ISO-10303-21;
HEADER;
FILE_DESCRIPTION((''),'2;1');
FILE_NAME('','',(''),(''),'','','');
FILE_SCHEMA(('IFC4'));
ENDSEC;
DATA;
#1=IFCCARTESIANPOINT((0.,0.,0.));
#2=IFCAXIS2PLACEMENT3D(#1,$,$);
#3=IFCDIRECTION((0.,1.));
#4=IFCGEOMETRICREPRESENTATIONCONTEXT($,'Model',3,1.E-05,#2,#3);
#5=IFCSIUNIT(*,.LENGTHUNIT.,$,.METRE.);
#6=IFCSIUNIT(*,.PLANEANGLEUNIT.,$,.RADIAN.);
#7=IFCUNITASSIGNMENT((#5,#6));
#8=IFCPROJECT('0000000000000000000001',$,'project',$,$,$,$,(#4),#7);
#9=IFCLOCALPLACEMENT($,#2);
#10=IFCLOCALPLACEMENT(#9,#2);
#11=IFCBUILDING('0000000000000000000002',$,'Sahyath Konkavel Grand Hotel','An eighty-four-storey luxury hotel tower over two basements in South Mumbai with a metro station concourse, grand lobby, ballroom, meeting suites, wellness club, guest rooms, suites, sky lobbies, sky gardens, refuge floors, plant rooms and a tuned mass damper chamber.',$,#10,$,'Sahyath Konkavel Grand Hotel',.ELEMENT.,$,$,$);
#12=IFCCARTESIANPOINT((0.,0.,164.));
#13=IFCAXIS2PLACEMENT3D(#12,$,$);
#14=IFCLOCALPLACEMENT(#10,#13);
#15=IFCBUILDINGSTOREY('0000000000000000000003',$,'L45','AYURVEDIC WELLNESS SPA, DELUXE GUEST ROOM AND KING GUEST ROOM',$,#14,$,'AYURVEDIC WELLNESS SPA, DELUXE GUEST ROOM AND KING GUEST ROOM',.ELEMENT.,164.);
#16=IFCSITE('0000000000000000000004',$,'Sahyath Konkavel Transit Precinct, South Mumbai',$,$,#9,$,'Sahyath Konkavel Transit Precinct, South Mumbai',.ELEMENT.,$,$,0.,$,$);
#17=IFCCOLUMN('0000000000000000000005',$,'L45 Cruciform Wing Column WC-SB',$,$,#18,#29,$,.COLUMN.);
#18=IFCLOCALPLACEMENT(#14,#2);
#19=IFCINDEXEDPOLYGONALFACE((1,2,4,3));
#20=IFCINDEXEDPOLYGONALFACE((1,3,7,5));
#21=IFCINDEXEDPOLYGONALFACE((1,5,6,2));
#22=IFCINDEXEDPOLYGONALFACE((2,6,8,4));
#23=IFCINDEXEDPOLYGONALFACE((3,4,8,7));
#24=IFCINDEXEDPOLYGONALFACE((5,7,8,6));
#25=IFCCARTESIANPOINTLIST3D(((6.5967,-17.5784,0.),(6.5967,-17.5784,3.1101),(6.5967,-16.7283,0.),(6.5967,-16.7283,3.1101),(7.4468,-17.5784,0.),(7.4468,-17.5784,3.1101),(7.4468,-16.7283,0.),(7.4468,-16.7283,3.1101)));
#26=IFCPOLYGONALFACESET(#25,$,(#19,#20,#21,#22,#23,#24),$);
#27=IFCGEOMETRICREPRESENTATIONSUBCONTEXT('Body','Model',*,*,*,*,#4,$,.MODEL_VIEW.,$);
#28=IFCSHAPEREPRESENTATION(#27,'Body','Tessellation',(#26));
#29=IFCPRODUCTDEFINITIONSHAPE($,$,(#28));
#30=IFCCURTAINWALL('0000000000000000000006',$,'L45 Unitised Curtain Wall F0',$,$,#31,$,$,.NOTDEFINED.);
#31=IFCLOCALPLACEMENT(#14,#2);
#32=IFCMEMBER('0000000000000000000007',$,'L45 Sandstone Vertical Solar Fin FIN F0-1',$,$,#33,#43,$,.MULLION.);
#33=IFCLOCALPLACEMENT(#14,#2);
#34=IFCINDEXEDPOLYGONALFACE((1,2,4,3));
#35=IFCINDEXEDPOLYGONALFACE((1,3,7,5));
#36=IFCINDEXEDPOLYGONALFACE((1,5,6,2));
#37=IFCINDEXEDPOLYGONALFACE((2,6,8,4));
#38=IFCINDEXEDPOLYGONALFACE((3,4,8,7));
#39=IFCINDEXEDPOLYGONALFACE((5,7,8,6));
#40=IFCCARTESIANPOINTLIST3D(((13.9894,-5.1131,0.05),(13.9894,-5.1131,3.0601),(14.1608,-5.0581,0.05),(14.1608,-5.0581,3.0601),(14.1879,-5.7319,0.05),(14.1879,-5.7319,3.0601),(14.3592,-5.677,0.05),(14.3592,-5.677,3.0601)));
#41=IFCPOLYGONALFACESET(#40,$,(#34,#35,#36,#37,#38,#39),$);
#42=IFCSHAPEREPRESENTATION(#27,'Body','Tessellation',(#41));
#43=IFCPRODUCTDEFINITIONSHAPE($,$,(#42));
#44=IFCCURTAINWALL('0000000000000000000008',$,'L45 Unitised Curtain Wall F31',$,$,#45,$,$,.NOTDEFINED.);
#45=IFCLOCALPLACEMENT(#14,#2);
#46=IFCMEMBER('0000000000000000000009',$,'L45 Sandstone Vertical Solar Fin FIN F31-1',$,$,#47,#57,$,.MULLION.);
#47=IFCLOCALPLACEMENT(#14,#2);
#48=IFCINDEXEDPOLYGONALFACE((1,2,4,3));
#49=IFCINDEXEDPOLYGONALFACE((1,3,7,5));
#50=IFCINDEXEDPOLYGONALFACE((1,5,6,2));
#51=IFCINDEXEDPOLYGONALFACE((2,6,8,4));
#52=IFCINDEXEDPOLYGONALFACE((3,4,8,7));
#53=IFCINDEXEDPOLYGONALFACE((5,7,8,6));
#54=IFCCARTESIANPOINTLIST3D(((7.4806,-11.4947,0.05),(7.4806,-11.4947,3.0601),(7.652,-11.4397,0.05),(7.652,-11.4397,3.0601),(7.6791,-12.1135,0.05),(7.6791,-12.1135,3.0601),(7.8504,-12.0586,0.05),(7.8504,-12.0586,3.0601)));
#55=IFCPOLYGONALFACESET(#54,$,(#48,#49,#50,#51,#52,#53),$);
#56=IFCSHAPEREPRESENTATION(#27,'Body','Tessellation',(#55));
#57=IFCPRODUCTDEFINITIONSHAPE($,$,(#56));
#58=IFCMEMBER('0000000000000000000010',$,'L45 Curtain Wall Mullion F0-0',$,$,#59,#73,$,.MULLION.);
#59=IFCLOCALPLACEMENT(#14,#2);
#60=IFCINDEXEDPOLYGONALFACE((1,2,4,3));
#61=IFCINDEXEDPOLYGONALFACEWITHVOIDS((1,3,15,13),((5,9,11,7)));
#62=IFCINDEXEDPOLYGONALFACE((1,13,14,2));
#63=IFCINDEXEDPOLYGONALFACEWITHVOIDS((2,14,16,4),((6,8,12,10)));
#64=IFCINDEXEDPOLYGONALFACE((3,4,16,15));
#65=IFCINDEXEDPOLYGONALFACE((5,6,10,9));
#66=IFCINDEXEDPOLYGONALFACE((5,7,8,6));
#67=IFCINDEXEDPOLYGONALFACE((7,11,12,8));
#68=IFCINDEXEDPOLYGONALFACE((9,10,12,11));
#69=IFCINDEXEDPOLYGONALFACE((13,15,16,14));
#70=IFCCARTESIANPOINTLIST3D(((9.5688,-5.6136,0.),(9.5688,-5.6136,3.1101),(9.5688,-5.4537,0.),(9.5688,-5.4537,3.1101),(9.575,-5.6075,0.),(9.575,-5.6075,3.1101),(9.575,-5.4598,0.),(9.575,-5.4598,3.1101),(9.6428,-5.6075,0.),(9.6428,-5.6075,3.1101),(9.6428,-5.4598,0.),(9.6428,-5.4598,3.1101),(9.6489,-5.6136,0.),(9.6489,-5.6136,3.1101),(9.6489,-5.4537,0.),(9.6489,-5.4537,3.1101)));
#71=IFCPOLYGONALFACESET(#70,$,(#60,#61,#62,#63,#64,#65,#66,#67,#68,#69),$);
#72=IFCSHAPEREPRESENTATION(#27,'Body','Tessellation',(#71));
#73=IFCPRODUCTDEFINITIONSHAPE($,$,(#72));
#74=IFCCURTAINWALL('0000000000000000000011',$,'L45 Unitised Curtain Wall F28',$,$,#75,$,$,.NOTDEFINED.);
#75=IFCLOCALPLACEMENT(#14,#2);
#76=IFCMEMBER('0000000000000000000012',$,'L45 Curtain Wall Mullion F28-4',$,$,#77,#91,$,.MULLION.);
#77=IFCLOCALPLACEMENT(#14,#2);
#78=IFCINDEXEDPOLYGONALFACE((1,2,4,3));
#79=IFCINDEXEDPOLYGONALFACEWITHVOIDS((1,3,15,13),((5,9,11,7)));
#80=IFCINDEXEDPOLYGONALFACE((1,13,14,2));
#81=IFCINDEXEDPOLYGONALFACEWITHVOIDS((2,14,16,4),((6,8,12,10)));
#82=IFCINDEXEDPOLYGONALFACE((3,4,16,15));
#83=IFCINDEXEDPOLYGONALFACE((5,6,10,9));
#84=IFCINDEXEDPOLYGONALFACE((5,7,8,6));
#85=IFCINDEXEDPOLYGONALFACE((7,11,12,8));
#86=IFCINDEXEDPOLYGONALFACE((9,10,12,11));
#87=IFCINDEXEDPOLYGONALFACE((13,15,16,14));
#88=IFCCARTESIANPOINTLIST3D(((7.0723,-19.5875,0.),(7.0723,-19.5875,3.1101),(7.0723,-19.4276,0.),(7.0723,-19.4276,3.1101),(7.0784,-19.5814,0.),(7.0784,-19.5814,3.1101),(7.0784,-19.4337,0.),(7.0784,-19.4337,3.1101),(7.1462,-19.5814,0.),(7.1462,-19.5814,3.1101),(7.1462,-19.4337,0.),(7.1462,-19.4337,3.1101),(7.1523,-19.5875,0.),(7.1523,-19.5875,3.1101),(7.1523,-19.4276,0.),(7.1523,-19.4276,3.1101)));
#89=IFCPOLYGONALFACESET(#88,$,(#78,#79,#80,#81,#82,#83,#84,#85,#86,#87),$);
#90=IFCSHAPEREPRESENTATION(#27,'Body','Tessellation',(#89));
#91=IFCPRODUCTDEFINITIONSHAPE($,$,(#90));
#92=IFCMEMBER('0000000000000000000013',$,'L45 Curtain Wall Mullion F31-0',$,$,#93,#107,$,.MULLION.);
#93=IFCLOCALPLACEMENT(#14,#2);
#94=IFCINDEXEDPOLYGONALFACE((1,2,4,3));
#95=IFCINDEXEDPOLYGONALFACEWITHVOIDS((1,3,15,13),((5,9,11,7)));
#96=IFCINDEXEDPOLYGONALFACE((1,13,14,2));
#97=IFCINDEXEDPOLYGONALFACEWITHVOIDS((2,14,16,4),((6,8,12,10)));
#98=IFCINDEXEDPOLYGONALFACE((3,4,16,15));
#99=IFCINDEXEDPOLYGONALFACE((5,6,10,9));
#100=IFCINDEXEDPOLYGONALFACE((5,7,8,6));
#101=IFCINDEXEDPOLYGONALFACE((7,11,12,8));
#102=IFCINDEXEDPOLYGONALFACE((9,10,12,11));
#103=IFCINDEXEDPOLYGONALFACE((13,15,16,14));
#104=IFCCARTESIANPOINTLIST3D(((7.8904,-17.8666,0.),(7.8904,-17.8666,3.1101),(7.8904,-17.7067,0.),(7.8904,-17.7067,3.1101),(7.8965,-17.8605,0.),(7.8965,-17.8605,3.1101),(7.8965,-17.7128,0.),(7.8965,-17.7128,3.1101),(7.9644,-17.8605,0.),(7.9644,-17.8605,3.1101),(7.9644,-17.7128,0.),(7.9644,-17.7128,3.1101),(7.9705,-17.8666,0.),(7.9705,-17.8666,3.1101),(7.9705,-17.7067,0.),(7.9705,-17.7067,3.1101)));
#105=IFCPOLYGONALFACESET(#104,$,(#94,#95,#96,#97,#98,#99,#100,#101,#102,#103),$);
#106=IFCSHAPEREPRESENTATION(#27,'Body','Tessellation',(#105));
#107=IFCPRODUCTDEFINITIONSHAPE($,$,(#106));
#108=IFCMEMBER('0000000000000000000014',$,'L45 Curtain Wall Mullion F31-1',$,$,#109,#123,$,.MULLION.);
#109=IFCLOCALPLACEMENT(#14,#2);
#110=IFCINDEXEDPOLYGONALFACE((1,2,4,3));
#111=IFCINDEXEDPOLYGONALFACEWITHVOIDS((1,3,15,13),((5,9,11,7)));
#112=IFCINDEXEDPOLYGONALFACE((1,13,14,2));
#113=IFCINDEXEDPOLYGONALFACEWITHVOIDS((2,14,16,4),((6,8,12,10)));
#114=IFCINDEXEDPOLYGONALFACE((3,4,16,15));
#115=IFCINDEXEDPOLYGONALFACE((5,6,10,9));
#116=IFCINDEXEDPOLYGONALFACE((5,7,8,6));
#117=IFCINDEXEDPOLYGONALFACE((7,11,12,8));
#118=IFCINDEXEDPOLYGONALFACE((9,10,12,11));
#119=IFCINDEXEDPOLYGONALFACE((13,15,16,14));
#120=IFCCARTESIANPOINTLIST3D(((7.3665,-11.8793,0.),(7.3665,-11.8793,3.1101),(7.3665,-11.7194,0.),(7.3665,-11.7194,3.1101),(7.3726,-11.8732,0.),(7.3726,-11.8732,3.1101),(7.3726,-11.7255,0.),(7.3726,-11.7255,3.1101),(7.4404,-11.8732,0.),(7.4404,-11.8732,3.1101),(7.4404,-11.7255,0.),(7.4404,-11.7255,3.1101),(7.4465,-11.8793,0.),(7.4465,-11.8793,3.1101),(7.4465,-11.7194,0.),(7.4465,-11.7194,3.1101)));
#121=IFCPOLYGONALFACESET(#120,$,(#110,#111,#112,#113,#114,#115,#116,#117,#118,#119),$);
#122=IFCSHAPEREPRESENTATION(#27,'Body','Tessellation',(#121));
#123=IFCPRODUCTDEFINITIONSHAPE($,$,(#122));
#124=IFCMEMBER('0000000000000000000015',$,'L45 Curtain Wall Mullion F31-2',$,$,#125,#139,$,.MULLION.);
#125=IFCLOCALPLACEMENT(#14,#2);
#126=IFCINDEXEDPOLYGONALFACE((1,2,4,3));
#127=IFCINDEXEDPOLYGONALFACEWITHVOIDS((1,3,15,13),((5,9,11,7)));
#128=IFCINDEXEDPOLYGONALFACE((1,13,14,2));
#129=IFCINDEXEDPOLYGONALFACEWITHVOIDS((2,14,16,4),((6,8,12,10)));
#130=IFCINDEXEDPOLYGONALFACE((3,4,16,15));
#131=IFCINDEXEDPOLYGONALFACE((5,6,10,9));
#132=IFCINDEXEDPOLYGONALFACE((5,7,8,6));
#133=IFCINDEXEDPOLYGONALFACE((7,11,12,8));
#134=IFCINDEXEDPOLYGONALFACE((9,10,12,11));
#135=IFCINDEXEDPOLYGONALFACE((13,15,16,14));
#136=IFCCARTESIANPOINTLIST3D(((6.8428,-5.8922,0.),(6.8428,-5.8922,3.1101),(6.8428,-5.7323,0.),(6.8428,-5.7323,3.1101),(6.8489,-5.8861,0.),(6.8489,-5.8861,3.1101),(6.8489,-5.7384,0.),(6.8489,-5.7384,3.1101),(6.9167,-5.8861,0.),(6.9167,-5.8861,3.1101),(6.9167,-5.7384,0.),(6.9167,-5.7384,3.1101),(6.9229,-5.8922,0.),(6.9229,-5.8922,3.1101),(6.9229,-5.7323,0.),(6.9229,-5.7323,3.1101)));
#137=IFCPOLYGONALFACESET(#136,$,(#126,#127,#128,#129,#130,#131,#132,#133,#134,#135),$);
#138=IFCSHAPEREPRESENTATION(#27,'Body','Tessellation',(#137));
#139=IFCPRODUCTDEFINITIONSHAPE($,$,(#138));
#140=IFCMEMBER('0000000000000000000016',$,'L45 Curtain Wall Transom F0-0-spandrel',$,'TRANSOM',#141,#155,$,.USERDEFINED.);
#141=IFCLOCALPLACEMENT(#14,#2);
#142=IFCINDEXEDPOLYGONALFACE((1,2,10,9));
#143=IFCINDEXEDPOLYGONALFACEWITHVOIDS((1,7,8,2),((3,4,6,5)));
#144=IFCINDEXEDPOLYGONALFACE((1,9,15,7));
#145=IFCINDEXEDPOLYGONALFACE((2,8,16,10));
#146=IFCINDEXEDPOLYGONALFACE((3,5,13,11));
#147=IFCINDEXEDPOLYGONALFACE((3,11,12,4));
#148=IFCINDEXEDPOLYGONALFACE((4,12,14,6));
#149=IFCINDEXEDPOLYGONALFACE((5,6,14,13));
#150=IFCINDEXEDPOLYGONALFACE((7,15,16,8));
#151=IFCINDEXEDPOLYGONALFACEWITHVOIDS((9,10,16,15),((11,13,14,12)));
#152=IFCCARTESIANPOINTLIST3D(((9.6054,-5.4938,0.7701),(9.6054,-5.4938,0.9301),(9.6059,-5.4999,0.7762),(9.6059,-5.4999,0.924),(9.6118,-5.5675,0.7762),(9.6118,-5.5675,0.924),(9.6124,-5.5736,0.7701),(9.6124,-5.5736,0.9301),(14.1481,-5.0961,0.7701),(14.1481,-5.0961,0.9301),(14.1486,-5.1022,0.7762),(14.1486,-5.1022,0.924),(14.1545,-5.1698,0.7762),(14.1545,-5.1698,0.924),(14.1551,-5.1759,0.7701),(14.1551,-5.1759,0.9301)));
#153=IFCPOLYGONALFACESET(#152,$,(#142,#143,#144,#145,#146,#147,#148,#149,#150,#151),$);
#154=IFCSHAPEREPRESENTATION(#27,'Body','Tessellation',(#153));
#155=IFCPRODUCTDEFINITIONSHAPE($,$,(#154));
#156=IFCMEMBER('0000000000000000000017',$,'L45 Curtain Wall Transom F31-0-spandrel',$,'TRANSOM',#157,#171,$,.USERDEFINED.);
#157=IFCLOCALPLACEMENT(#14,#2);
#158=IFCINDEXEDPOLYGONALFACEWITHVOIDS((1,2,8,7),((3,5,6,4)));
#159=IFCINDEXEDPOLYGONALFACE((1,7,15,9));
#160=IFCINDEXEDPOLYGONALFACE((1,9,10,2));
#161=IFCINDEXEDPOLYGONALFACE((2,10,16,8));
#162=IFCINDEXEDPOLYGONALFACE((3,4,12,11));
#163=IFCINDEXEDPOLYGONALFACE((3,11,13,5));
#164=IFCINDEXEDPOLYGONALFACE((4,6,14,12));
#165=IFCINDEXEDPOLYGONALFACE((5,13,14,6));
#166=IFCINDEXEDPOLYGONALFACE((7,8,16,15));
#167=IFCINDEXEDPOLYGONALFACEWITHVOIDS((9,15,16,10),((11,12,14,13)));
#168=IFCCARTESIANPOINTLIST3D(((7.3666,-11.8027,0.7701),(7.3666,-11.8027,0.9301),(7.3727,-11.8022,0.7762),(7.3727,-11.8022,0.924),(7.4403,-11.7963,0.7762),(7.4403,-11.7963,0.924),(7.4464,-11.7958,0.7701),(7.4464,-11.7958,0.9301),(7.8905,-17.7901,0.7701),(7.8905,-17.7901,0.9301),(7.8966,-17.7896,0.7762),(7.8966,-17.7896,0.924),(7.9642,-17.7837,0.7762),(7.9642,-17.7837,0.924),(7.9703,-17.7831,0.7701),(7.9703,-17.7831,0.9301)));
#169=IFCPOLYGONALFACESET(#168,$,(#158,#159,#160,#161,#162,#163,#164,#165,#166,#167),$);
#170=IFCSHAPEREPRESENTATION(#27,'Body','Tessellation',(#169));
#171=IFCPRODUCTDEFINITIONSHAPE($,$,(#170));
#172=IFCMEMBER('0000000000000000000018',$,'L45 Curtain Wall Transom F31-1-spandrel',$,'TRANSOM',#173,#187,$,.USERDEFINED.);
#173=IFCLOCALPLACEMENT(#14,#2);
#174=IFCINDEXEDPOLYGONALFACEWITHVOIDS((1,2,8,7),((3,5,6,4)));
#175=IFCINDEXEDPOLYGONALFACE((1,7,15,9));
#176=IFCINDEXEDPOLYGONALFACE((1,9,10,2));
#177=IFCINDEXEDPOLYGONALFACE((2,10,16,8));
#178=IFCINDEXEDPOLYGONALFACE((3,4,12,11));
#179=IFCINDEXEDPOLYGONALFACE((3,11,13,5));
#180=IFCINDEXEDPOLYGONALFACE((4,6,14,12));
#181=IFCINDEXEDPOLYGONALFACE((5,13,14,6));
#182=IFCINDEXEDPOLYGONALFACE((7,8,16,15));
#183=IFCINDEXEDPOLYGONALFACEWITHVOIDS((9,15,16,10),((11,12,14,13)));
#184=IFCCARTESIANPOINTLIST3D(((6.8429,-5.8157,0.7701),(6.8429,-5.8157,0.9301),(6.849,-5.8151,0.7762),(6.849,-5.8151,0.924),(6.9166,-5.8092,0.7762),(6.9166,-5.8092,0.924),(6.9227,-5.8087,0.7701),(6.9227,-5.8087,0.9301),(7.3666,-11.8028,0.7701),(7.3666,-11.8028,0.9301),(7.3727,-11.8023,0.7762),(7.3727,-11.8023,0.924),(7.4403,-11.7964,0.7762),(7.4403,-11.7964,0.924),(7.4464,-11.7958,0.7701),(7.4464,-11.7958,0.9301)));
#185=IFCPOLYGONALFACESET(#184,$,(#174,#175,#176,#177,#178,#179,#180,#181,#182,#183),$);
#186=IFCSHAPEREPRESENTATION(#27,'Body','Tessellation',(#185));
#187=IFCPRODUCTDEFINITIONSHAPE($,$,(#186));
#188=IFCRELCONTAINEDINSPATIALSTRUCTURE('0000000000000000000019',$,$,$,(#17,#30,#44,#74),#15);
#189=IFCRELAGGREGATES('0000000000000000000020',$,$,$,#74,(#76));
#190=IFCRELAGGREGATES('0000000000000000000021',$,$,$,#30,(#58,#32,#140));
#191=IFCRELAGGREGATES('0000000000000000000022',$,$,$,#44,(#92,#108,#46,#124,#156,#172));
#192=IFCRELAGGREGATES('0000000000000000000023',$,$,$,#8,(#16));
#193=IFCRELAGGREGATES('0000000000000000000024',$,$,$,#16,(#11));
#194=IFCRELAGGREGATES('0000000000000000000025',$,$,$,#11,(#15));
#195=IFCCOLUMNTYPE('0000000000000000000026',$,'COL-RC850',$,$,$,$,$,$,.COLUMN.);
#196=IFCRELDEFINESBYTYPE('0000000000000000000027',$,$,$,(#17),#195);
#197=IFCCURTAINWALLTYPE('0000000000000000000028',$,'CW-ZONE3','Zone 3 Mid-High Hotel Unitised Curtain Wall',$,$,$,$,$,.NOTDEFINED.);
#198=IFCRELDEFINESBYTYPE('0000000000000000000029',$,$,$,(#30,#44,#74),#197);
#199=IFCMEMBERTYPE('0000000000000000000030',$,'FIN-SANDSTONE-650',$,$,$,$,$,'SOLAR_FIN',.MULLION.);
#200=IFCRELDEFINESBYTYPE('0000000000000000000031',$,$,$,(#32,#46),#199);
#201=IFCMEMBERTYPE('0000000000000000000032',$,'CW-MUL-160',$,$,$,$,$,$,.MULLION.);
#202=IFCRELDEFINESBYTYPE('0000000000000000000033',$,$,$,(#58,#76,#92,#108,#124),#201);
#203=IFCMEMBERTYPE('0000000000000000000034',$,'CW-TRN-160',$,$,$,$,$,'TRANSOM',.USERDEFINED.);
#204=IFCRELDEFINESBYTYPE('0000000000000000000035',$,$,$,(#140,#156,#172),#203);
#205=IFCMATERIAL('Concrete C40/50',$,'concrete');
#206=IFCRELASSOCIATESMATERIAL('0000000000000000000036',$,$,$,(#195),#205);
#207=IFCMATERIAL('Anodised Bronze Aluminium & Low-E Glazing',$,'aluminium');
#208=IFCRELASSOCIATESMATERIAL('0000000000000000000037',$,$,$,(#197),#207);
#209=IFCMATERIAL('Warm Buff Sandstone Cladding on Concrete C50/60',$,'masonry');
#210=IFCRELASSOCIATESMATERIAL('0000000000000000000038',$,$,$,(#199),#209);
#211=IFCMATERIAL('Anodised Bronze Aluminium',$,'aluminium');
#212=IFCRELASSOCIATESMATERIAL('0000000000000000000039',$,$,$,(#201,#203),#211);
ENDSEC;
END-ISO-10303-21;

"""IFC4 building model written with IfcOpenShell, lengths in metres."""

from ifc_helpers import new_model, si_unit, direction, frame, origin, origin_2d, place, context, subcontext, project, spatial, rectangle, hollow_rectangle, extrude, source, transform, mapped, material, material_profile, profile_set, type_object, element, aggregate, save


model = new_model("IFC4")

# Units and contexts
model_context = context("Model", 3, precision=1e-05, world=origin(), true_north=direction((0.0, 1.0)))
body_context = subcontext(model_context, "Body", "Model", "MODEL_VIEW")
ifc_project = project(units=[si_unit("LENGTHUNIT", "METRE"), si_unit("PLANEANGLEUNIT", "RADIAN")], contexts=[model_context])

# Site, building, storey
site_placement = place(None, origin())
site = spatial("IfcSite", under=ifc_project, at=site_placement, Name="Sahyath Konkavel Transit Precinct, South Mumbai", LongName="Sahyath Konkavel Transit Precinct, South Mumbai", CompositionType="ELEMENT", RefElevation=0.0)
building_placement = place(site_placement, origin())
building = spatial("IfcBuilding", under=site, at=building_placement, Name="Sahyath Konkavel Grand Hotel", Description="An eighty-four-storey luxury hotel tower over two basements in South Mumbai with a metro station concourse, grand lobby, ballroom, meeting suites, wellness club, guest rooms, suites, sky lobbies, sky gardens, refuge floors, plant rooms and a tuned mass damper chamber.", LongName="Sahyath Konkavel Grand Hotel", CompositionType="ELEMENT")
storey_placement = place(building_placement, frame((0.0, 0.0, 164.0)))
storey = spatial("IfcBuildingStorey", under=building, at=storey_placement, Name="L45", Description="AYURVEDIC WELLNESS SPA, DELUXE GUEST ROOM AND KING GUEST ROOM", LongName="AYURVEDIC WELLNESS SPA, DELUXE GUEST ROOM AND KING GUEST ROOM", CompositionType="ELEMENT", Elevation=164.0)

# Column
ifc_material_1 = material(Name="Concrete C40/50", Category="concrete")
ifc_material_profile_1 = material_profile(ifc_material_1, rectangle(XDim=0.8501, YDim=0.8501, at=origin_2d()), Name="RC 850x850")
ifc_profile_set_1 = profile_set([ifc_material_profile_1], Name="Concrete C40/50")
column_type = type_object("IfcColumnType", Name="COL-RC850", PredefinedType="COLUMN", material=ifc_profile_set_1)
shared_shape_1 = source(origin(), body_context, "Body", "SweptSolid", [
    extrude(rectangle(XDim=0.8501, YDim=0.8501, at=origin_2d()), origin(), (0.0, 0.0, 1.0), 3.1101),
])
column_placement = place(storey_placement, frame((7.0217, -17.1533, 0.0), z_axis=(0.0, 0.0, 1.0), x_axis=(1.0, 0.0, 0.0)))
element("IfcColumn", 1, at=column_placement, inside=storey, type_object=column_type, Name="L45 Cruciform Wing Column WC-SB", PredefinedType="COLUMN", context=body_context, shape_type="MappedRepresentation", body=[
    mapped(shared_shape_1, transform((0.0, 0.0, 0.0), scale=1.0)),
])

# Curtain walls, members
ifc_material_2 = material(Name="Anodised Bronze Aluminium & Low-E Glazing", Category="aluminium")
curtain_wall_type = type_object("IfcCurtainWallType", Name="CW-ZONE3", Description="Zone 3 Mid-High Hotel Unitised Curtain Wall", PredefinedType="NOTDEFINED", material=ifc_material_2)
curtain_wall_1_placement = place(storey_placement, origin())
curtain_wall_1 = element("IfcCurtainWall", 2, at=curtain_wall_1_placement, inside=storey, type_object=curtain_wall_type, Name="L45 Unitised Curtain Wall F0", PredefinedType="NOTDEFINED")
ifc_material_3 = material(Name="Warm Buff Sandstone Cladding on Concrete C50/60", Category="masonry")
ifc_material_profile_2 = material_profile(ifc_material_3, rectangle(XDim=0.1799, YDim=0.6499, at=origin_2d()), Name="FIN 180x650")
ifc_profile_set_2 = profile_set([ifc_material_profile_2], Name="Warm Buff Sandstone Cladding on Concrete C50/60")
member_type_1 = type_object("IfcMemberType", Name="FIN-SANDSTONE-650", ElementType="SOLAR_FIN", PredefinedType="MULLION", material=ifc_profile_set_2)
shared_shape_2 = source(origin(), body_context, "Body", "SweptSolid", [
    extrude(rectangle(XDim=0.1799, YDim=0.6499, at=origin_2d()), origin(), (0.0, 0.0, 1.0), 3.01),
])
member_1_placement = place(storey_placement, frame((14.1743, -5.395, 0.05), z_axis=(0.0, 0.0, 1.0), x_axis=(0.952236, 0.305363, 0.0)))
member_1 = element("IfcMember", 3, at=member_1_placement, type_object=member_type_1, Name="L45 Sandstone Vertical Solar Fin FIN F0-1", PredefinedType="MULLION", context=body_context, shape_type="MappedRepresentation", body=[
    mapped(shared_shape_2, transform((0.0, 0.0, 0.0), scale=1.0)),
])
curtain_wall_2_placement = place(storey_placement, origin())
curtain_wall_2 = element("IfcCurtainWall", 4, at=curtain_wall_2_placement, inside=storey, type_object=curtain_wall_type, Name="L45 Unitised Curtain Wall F31", PredefinedType="NOTDEFINED")
member_2_placement = place(storey_placement, frame((7.6655, -11.7766, 0.05), z_axis=(0.0, 0.0, 1.0), x_axis=(0.952236, 0.305363, 0.0)))
member_2 = element("IfcMember", 5, at=member_2_placement, type_object=member_type_1, Name="L45 Sandstone Vertical Solar Fin FIN F31-1", PredefinedType="MULLION", context=body_context, shape_type="MappedRepresentation", body=[
    mapped(shared_shape_2, transform((0.0, 0.0, 0.0), scale=1.0)),
])

# Member
ifc_material_4 = material(Name="Anodised Bronze Aluminium", Category="aluminium")
ifc_material_profile_3 = material_profile(ifc_material_4, hollow_rectangle(XDim=0.0801, YDim=0.1599, WallThickness=0.0061, at=origin_2d()), Name="RHS 160x80x6")
ifc_profile_set_3 = profile_set([ifc_material_profile_3], Name="Anodised Bronze Aluminium")
member_type_2 = type_object("IfcMemberType", Name="CW-MUL-160", PredefinedType="MULLION", material=ifc_profile_set_3)
shared_shape_3 = source(origin(), body_context, "Body", "SweptSolid", [
    extrude(hollow_rectangle(XDim=0.0801, YDim=0.1599, WallThickness=0.0061, at=origin_2d()), origin(), (0.0, 0.0, 1.0), 3.1101),
])
member_3_placement = place(storey_placement, frame((9.6089, -5.5337, 0.0), z_axis=(0.0, 0.0, 1.0), x_axis=(1.0, 0.0, 0.0)))
member_3 = element("IfcMember", 6, at=member_3_placement, type_object=member_type_2, Name="L45 Curtain Wall Mullion F0-0", PredefinedType="MULLION", context=body_context, shape_type="MappedRepresentation", body=[
    mapped(shared_shape_3, transform((0.0, 0.0, 0.0), scale=1.0)),
])

# Curtain wall, member
curtain_wall_3_placement = place(storey_placement, origin())
curtain_wall_3 = element("IfcCurtainWall", 7, at=curtain_wall_3_placement, inside=storey, type_object=curtain_wall_type, Name="L45 Unitised Curtain Wall F28", PredefinedType="NOTDEFINED")
member_4_placement = place(storey_placement, frame((7.1123, -19.5076, 0.0), z_axis=(0.0, 0.0, 1.0), x_axis=(1.0, 0.0, 0.0)))
member_4 = element("IfcMember", 8, at=member_4_placement, type_object=member_type_2, Name="L45 Curtain Wall Mullion F28-4", PredefinedType="MULLION", context=body_context, shape_type="MappedRepresentation", body=[
    mapped(shared_shape_3, transform((0.0, 0.0, 0.0), scale=1.0)),
])
aggregate(curtain_wall_3, [member_4])

# Members
member_5_placement = place(storey_placement, frame((7.9304, -17.7866, 0.0), z_axis=(0.0, 0.0, 1.0), x_axis=(1.0, 0.0, 0.0)))
member_5 = element("IfcMember", 9, at=member_5_placement, type_object=member_type_2, Name="L45 Curtain Wall Mullion F31-0", PredefinedType="MULLION", context=body_context, shape_type="MappedRepresentation", body=[
    mapped(shared_shape_3, transform((0.0, 0.0, 0.0), scale=1.0)),
])
member_6_placement = place(storey_placement, frame((7.4065, -11.7993, 0.0), z_axis=(0.0, 0.0, 1.0), x_axis=(1.0, 0.0, 0.0)))
member_6 = element("IfcMember", 10, at=member_6_placement, type_object=member_type_2, Name="L45 Curtain Wall Mullion F31-1", PredefinedType="MULLION", context=body_context, shape_type="MappedRepresentation", body=[
    mapped(shared_shape_3, transform((0.0, 0.0, 0.0), scale=1.0)),
])
member_7_placement = place(storey_placement, frame((6.8828, -5.8123, 0.0), z_axis=(0.0, 0.0, 1.0), x_axis=(1.0, 0.0, 0.0)))
member_7 = element("IfcMember", 11, at=member_7_placement, type_object=member_type_2, Name="L45 Curtain Wall Mullion F31-2", PredefinedType="MULLION", context=body_context, shape_type="MappedRepresentation", body=[
    mapped(shared_shape_3, transform((0.0, 0.0, 0.0), scale=1.0)),
])
ifc_material_profile_4 = material_profile(ifc_material_4, hollow_rectangle(XDim=0.0801, YDim=0.1599, WallThickness=0.0061, at=origin_2d()), Name="RHS 160x80x6")
ifc_profile_set_4 = profile_set([ifc_material_profile_4], Name="Anodised Bronze Aluminium")
member_type_3 = type_object("IfcMemberType", Name="CW-TRN-160", ElementType="TRANSOM", PredefinedType="USERDEFINED", material=ifc_profile_set_4)
shared_shape_4 = source(origin(), body_context, "Body", "SweptSolid", [
    extrude(hollow_rectangle(XDim=0.0801, YDim=0.1599, WallThickness=0.0061, at=origin_2d()), origin(), (0.0, 0.0, 1.0), 4.5601),
])
member_8_placement = place(storey_placement, frame((9.6089, -5.5337, 0.8501), z_axis=(0.99619, 0.087214, 0.0), x_axis=(-0.087214, 0.99619, 0.0)))
member_8 = element("IfcMember", 12, at=member_8_placement, type_object=member_type_3, Name="L45 Curtain Wall Transom F0-0-spandrel", ObjectType="TRANSOM", PredefinedType="USERDEFINED", context=body_context, shape_type="MappedRepresentation", body=[
    mapped(shared_shape_4, transform((0.0, 0.0, 0.0), scale=1.0)),
])
shared_shape_5 = source(origin(), body_context, "Body", "SweptSolid", [
    extrude(hollow_rectangle(XDim=0.0801, YDim=0.1599, WallThickness=0.0061, at=origin_2d()), origin(), (0.0, 0.0, 1.0), 6.0103),
])
member_9_placement = place(storey_placement, frame((7.9304, -17.7866, 0.8501), z_axis=(-0.087173, 0.996193, 0.0), x_axis=(-0.996193, -0.087173, 0.0)))
member_9 = element("IfcMember", 13, at=member_9_placement, type_object=member_type_3, Name="L45 Curtain Wall Transom F31-0-spandrel", ObjectType="TRANSOM", PredefinedType="USERDEFINED", context=body_context, shape_type="MappedRepresentation", body=[
    mapped(shared_shape_5, transform((0.0, 0.0, 0.0), scale=1.0)),
])
shared_shape_6 = source(origin(), body_context, "Body", "SweptSolid", [
    extrude(hollow_rectangle(XDim=0.0801, YDim=0.1599, WallThickness=0.0061, at=origin_2d()), origin(), (0.0, 0.0, 1.0), 6.01),
])
member_10_placement = place(storey_placement, frame((7.4065, -11.7993, 0.8501), z_axis=(-0.087136, 0.996196, 0.0), x_axis=(-0.996196, -0.087136, 0.0)))
member_10 = element("IfcMember", 14, at=member_10_placement, type_object=member_type_3, Name="L45 Curtain Wall Transom F31-1-spandrel", ObjectType="TRANSOM", PredefinedType="USERDEFINED", context=body_context, shape_type="MappedRepresentation", body=[
    mapped(shared_shape_6, transform((0.0, 0.0, 0.0), scale=1.0)),
])

aggregate(curtain_wall_1, [member_3, member_1, member_8])
aggregate(curtain_wall_2, [member_5, member_6, member_2, member_7, member_9, member_10])

save(model, "model.ifc")
